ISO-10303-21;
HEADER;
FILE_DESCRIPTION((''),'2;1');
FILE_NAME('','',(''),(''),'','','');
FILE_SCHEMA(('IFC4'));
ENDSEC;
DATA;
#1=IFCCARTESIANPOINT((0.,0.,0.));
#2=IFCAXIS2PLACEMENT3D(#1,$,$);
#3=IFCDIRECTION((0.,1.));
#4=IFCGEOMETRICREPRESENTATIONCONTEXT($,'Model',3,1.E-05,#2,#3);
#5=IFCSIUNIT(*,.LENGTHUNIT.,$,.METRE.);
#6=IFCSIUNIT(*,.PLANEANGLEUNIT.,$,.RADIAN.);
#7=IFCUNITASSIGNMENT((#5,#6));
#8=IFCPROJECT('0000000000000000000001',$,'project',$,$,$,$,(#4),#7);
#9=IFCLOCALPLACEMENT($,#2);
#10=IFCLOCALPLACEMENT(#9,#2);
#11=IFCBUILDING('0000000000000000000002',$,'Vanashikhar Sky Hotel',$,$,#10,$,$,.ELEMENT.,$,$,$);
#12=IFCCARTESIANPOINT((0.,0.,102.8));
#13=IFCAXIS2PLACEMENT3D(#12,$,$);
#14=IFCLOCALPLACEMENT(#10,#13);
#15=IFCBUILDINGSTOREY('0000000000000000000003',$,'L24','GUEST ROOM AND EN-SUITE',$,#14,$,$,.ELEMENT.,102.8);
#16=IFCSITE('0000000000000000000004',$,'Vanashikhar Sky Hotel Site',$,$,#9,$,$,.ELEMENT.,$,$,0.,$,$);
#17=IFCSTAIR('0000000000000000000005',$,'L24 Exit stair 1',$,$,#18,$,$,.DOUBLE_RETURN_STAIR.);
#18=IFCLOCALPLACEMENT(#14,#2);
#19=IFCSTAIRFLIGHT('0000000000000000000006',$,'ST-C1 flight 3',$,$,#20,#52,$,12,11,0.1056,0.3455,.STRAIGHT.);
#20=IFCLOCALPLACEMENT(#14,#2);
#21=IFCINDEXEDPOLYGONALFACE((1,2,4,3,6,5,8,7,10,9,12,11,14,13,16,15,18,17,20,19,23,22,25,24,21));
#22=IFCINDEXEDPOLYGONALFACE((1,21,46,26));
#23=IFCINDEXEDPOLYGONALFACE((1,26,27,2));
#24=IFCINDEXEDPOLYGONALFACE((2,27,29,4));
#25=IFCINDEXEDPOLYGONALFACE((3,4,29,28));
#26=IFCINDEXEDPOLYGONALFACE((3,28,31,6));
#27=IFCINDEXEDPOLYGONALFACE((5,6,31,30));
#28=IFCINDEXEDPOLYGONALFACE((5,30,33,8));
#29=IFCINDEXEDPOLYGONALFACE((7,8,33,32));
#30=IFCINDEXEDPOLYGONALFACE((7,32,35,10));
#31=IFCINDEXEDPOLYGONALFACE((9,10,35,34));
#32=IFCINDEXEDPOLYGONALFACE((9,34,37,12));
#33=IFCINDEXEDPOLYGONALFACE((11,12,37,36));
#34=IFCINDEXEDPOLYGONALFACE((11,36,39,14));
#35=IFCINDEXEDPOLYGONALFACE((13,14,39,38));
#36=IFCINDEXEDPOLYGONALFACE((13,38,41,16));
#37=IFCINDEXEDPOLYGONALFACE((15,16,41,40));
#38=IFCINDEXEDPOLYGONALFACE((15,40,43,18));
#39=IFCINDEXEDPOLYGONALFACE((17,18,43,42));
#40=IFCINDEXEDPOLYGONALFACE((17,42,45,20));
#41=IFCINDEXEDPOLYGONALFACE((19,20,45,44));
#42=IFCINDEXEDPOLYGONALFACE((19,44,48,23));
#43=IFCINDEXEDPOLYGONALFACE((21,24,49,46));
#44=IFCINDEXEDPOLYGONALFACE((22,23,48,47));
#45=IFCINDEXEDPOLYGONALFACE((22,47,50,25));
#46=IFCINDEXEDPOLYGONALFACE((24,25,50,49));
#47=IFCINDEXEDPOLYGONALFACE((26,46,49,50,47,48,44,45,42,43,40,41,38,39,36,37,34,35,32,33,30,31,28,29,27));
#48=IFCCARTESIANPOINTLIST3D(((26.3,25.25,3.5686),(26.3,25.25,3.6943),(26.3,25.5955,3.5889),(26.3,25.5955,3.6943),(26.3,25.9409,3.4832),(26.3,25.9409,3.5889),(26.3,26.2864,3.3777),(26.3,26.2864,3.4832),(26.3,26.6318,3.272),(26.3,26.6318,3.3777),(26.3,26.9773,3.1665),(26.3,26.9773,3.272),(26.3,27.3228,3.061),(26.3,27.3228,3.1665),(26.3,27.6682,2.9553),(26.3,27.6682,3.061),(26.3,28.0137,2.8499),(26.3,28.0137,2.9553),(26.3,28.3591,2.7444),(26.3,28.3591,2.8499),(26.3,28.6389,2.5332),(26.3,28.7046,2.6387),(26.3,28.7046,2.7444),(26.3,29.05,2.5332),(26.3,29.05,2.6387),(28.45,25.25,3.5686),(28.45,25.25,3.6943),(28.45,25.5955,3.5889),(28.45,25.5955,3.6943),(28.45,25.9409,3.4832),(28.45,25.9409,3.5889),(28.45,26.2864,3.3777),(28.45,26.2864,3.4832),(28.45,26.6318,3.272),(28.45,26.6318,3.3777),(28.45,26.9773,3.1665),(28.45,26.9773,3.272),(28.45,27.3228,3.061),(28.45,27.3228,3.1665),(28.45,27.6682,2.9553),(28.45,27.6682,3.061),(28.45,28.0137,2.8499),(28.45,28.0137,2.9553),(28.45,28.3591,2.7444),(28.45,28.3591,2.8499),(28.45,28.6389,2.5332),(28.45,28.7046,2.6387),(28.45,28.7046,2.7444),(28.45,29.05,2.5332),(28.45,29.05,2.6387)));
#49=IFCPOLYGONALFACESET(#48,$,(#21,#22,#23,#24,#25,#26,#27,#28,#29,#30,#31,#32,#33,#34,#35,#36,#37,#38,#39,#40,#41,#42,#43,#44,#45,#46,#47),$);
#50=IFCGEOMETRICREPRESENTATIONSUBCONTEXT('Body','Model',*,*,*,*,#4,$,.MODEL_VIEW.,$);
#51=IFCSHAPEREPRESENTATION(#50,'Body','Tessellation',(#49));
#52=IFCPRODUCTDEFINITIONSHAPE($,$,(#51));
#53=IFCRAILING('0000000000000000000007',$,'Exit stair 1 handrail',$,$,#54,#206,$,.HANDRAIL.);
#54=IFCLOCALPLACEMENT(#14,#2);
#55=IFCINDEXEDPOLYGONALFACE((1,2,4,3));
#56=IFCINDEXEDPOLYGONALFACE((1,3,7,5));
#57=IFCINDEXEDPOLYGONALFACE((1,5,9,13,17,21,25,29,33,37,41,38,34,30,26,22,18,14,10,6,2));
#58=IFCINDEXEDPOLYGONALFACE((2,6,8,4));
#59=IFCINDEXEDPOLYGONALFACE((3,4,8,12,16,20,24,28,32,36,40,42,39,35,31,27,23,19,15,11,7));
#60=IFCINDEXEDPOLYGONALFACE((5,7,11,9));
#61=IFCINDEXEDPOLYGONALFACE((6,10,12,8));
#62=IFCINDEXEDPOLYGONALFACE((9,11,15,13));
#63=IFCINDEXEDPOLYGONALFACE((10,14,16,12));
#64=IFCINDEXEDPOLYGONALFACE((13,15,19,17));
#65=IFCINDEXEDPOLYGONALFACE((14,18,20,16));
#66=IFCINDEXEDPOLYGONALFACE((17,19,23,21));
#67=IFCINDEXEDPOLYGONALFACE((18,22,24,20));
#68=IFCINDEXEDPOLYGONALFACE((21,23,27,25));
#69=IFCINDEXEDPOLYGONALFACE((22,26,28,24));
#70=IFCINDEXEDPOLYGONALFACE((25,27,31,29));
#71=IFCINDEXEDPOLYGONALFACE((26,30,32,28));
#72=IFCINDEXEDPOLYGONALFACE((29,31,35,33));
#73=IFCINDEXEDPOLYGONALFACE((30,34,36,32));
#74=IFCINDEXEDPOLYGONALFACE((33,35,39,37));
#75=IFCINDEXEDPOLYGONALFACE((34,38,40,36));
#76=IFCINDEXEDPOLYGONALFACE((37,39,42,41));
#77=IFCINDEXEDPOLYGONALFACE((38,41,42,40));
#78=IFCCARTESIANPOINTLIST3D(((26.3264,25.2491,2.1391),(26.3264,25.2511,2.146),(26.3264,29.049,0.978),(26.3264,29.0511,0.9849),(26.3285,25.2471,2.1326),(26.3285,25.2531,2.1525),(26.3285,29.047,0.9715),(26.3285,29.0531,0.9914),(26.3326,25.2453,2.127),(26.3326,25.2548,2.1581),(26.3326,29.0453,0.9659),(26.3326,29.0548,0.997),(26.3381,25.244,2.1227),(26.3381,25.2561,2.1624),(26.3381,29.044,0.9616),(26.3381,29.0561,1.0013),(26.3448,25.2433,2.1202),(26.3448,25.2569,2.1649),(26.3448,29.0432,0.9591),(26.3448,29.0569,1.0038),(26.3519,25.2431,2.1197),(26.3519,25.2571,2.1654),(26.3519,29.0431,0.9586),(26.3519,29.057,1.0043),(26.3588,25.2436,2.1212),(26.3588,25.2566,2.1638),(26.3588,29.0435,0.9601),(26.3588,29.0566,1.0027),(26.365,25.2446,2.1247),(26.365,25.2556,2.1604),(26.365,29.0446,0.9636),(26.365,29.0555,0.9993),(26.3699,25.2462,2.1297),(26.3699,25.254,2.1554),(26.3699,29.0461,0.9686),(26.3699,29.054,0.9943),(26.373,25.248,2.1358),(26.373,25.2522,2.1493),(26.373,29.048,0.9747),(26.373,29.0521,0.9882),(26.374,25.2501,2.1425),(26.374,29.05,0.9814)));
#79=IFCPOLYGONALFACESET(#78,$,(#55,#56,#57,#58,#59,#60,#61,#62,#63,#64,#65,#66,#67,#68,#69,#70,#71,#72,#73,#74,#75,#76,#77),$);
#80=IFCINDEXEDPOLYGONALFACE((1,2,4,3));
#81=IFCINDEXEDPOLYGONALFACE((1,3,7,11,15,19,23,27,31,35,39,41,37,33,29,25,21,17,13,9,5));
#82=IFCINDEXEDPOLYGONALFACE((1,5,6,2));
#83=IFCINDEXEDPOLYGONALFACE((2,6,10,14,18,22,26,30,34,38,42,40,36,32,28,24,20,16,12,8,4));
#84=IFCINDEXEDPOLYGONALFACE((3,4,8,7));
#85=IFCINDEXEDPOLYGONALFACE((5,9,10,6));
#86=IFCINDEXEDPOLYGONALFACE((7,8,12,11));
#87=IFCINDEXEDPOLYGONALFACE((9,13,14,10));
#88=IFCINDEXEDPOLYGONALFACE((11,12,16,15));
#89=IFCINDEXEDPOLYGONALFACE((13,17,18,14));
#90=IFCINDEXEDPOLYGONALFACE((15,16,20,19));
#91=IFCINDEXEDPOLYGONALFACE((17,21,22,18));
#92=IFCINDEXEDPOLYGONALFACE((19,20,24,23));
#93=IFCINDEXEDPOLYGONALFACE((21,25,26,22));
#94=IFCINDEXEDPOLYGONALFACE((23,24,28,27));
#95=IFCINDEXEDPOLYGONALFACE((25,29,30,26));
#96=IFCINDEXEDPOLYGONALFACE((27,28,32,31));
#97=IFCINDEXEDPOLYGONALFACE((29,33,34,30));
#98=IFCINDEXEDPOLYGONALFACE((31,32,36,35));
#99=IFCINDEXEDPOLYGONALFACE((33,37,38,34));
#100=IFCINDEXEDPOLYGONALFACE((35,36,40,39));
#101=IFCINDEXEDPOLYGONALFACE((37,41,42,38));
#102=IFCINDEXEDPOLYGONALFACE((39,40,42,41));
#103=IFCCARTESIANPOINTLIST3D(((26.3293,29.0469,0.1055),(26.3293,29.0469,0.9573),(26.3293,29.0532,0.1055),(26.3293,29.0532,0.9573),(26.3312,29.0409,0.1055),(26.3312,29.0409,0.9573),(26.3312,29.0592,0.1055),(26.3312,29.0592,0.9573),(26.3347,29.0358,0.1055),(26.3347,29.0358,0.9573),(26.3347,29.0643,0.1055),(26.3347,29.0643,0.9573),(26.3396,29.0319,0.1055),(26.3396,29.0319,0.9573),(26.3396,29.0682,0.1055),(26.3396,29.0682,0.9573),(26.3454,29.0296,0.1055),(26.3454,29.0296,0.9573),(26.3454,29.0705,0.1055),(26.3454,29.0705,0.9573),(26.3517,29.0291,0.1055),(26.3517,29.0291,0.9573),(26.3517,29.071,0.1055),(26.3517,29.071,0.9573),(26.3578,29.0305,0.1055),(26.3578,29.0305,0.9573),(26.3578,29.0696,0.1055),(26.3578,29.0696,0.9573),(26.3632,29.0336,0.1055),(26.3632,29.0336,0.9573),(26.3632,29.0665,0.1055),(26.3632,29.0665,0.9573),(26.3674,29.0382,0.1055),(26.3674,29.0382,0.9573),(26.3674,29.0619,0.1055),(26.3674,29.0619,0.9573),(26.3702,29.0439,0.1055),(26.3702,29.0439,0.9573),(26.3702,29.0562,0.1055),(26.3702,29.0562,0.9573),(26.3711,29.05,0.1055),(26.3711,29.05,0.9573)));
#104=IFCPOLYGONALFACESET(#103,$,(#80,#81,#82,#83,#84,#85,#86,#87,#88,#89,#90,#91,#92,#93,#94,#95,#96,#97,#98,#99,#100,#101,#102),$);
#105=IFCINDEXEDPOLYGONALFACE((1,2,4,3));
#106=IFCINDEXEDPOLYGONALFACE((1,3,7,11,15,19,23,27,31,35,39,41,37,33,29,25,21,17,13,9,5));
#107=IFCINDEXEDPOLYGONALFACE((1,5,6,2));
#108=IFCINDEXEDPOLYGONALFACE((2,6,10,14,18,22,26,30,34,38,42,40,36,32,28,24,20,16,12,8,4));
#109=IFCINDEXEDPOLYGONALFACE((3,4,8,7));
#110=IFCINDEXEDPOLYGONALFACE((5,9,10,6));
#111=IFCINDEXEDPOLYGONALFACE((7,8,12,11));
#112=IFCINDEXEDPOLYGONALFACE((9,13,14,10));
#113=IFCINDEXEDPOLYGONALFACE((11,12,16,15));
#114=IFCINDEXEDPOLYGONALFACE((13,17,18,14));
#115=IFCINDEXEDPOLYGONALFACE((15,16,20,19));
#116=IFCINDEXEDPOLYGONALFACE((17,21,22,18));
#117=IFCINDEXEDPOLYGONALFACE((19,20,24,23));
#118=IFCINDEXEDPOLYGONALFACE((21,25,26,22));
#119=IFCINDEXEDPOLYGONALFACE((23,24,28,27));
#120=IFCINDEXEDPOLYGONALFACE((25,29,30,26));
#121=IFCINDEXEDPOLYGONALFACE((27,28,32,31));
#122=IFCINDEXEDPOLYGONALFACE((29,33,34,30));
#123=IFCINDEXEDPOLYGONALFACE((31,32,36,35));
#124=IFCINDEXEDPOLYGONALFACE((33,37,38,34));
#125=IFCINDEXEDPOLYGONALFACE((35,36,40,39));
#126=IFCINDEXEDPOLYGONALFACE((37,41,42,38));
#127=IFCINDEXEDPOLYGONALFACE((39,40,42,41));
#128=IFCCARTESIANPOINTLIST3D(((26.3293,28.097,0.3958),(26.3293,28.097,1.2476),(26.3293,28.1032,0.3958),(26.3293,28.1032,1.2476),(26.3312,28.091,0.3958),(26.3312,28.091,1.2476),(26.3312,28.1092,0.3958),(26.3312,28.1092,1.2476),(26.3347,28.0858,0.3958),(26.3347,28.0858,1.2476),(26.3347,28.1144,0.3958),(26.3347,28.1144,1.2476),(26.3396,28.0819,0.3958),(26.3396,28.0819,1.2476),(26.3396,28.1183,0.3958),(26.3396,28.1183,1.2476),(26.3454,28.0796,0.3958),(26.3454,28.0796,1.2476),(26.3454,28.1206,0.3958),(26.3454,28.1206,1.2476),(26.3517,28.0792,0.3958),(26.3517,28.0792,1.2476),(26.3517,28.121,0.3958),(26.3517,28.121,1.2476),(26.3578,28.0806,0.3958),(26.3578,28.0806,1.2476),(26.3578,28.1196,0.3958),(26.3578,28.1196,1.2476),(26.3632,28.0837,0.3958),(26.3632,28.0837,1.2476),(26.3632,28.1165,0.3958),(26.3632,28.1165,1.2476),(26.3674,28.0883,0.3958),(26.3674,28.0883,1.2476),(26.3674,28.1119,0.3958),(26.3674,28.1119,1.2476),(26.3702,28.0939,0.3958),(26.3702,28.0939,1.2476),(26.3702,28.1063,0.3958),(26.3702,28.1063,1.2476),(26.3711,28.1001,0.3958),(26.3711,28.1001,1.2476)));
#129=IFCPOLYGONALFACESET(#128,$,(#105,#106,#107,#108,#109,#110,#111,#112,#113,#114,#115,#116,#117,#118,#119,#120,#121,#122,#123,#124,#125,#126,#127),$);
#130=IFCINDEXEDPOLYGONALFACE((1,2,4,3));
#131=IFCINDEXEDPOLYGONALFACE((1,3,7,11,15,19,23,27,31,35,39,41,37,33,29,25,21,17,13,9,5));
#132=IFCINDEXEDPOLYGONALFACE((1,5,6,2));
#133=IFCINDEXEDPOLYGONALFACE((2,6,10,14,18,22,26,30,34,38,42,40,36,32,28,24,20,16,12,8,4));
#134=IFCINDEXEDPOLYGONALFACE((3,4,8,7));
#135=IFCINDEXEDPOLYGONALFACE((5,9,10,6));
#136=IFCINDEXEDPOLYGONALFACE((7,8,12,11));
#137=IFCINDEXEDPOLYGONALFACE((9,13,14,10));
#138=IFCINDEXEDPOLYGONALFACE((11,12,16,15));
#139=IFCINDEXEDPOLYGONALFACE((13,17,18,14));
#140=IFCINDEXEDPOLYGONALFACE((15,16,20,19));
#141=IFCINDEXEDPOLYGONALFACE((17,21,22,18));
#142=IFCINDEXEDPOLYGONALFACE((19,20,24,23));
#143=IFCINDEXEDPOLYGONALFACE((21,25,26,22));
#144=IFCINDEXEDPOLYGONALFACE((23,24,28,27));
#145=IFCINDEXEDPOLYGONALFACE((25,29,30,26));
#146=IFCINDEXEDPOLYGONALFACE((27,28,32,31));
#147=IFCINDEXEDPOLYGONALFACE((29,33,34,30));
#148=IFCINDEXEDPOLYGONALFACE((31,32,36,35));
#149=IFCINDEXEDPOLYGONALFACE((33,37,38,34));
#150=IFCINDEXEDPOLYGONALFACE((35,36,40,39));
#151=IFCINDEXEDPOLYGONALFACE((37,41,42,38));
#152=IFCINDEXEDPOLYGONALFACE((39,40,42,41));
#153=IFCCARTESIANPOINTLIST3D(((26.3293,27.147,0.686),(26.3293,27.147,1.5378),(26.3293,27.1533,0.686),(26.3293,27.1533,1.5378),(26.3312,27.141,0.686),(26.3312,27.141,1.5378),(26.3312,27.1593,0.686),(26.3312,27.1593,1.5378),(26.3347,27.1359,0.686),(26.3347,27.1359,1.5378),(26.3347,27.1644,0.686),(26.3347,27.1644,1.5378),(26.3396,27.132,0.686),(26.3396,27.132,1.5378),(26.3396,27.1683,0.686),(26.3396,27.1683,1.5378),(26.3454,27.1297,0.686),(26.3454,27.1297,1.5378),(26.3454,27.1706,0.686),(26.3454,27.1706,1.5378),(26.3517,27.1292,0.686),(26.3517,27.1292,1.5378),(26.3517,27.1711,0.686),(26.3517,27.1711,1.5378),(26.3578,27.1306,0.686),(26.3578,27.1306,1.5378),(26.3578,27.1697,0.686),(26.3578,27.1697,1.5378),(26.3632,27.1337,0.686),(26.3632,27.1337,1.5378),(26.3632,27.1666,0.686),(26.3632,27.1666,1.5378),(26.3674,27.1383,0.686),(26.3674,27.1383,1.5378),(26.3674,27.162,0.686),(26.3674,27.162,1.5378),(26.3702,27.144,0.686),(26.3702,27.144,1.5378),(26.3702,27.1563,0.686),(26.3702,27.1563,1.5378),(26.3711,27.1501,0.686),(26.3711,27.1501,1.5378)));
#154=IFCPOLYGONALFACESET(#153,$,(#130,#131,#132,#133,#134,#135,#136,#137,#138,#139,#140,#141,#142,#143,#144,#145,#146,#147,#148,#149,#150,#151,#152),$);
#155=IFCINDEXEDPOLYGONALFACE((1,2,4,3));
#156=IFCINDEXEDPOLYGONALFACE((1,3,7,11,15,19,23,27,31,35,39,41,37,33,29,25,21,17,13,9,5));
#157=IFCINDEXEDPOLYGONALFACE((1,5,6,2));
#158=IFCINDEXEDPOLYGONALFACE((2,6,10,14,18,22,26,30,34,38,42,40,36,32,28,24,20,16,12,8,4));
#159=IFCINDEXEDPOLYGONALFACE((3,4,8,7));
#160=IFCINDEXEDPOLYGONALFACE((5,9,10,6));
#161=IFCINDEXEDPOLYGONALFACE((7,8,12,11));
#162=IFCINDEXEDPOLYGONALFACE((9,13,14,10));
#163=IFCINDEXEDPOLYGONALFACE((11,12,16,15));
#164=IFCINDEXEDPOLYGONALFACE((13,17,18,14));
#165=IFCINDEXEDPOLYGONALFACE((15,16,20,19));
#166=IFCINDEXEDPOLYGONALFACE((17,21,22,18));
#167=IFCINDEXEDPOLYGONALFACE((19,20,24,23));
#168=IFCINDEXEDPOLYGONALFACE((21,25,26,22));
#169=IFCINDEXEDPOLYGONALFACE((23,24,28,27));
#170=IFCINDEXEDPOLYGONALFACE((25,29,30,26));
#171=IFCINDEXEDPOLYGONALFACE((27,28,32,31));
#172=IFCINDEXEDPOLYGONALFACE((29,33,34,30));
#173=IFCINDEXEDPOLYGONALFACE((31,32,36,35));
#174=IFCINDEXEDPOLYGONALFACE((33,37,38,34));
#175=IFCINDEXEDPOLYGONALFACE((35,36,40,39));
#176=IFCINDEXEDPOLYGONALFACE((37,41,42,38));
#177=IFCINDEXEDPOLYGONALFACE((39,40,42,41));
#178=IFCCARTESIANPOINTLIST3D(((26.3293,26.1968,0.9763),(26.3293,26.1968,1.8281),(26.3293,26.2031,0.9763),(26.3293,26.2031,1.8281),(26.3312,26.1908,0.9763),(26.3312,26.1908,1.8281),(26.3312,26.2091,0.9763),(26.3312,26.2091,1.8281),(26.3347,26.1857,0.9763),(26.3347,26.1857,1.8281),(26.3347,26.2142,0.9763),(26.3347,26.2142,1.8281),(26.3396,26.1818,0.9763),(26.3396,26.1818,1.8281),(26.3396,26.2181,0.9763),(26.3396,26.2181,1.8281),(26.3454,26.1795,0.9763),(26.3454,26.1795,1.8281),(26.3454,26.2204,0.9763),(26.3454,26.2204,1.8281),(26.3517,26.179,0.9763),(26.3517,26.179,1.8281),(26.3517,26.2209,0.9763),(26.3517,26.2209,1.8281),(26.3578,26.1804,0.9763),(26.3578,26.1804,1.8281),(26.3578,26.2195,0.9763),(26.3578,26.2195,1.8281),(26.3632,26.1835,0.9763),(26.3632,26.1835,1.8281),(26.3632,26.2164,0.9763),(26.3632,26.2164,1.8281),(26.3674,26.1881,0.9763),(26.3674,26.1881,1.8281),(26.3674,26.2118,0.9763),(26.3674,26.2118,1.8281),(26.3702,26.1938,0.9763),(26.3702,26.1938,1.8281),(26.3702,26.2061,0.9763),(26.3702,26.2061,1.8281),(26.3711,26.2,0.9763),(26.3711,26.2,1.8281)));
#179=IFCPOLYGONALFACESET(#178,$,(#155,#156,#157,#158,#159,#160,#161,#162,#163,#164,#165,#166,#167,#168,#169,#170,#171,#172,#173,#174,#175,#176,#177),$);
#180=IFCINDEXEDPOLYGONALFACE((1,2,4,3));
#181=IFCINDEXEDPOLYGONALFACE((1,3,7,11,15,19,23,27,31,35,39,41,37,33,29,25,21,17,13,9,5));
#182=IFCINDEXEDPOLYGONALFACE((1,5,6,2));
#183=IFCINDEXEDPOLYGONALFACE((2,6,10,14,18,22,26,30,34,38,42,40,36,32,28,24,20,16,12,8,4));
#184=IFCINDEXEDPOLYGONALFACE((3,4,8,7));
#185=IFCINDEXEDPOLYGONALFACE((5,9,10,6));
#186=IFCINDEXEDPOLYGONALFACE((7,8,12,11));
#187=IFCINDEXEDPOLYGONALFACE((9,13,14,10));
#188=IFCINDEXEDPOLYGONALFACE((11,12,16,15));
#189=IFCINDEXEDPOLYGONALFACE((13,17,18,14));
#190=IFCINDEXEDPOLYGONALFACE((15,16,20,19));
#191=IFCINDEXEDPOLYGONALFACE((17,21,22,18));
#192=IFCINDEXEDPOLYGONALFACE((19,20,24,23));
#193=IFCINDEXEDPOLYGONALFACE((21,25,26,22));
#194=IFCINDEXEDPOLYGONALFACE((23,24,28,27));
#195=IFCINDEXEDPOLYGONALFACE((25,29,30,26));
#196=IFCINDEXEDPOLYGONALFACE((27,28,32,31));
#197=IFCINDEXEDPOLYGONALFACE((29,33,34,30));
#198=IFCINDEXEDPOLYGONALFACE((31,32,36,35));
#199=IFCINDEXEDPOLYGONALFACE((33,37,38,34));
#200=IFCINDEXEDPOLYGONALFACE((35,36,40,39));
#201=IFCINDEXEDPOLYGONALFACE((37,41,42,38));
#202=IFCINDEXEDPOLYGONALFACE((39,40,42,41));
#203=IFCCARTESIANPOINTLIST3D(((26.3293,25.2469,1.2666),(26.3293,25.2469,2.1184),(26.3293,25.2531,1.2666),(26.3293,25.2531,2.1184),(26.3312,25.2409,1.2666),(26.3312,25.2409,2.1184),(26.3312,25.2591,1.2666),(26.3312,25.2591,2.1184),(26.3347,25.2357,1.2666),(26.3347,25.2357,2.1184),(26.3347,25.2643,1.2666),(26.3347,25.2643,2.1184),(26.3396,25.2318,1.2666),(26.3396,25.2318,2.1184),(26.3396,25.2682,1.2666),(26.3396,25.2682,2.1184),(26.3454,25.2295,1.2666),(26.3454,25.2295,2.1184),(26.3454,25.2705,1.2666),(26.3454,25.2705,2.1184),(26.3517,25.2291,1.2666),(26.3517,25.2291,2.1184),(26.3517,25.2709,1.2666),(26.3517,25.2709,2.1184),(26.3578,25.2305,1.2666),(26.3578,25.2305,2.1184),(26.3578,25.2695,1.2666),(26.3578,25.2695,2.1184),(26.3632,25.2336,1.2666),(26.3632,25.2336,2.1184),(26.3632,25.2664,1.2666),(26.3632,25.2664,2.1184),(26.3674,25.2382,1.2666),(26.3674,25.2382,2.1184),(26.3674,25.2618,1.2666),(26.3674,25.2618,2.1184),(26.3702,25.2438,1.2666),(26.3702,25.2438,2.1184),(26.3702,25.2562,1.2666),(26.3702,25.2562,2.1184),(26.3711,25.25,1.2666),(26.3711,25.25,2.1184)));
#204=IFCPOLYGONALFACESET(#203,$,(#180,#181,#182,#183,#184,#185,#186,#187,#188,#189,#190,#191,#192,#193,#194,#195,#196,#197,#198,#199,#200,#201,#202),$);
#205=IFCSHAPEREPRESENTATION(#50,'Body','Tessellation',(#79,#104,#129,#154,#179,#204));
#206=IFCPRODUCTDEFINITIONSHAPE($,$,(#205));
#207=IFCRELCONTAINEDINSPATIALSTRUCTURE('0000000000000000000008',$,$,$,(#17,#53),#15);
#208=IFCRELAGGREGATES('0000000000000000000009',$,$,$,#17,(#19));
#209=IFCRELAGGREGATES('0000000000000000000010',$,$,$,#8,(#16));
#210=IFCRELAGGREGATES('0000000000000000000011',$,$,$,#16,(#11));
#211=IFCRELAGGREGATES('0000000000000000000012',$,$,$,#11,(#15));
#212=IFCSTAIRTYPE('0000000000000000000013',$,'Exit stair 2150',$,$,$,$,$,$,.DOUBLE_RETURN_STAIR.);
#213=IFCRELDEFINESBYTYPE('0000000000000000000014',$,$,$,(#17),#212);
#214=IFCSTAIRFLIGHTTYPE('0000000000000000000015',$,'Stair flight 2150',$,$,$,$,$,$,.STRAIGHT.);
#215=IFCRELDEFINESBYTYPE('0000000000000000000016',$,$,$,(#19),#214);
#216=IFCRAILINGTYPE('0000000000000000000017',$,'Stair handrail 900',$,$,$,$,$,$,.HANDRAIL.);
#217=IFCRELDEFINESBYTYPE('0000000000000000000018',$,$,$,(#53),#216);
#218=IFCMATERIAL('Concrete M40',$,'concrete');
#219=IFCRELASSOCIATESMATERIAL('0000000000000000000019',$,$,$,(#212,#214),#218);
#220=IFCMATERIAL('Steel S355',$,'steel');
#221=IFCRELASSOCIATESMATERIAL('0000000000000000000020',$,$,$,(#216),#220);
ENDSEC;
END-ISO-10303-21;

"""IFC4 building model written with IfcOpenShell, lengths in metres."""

from ifc_helpers import new_model, si_unit, direction, frame, origin, origin_2d, place, context, subcontext, project, spatial, polyline, circle, outline, extrude, source, transform, mapped, material, type_object, element, aggregate, save


model = new_model("IFC4")

# Units and contexts
model_context = context("Model", 3, precision=1e-05, world=origin(), true_north=direction((0.0, 1.0)))
body_context = subcontext(model_context, "Body", "Model", "MODEL_VIEW")
ifc_project = project(units=[si_unit("LENGTHUNIT", "METRE"), si_unit("PLANEANGLEUNIT", "RADIAN")], contexts=[model_context])

# Site, building, storey
site_placement = place(None, origin())
site = spatial("IfcSite", under=ifc_project, at=site_placement, Name="Vanashikhar Sky Hotel Site", CompositionType="ELEMENT", RefElevation=0.0)
building_placement = place(site_placement, origin())
building = spatial("IfcBuilding", under=site, at=building_placement, Name="Vanashikhar Sky Hotel", CompositionType="ELEMENT")
storey_placement = place(building_placement, frame((0.0, 0.0, 102.8)))
storey = spatial("IfcBuildingStorey", under=building, at=storey_placement, Name="L24", Description="GUEST ROOM AND EN-SUITE", CompositionType="ELEMENT", Elevation=102.8)

# Stair, stair flight
ifc_material_1 = material(Name="Concrete M40", Category="concrete")
stair_type = type_object("IfcStairType", Name="Exit stair 2150", PredefinedType="DOUBLE_RETURN_STAIR", material=ifc_material_1)
stair_placement = place(storey_placement, origin())
stair = element("IfcStair", 1, at=stair_placement, inside=storey, type_object=stair_type, Name="L24 Exit stair 1", PredefinedType="DOUBLE_RETURN_STAIR")
stair_flight_type = type_object("IfcStairFlightType", Name="Stair flight 2150", PredefinedType="STRAIGHT", material=ifc_material_1)
shared_shape_1 = source(origin(), body_context, "Body", "SweptSolid", [
    extrude(outline(polyline([(0.0, 0.0), (0.0, 0.1055), (0.3455, 0.1055), (0.3455, 0.2112), (0.6909, 0.2112), (0.6909, 0.3167), (1.0364, 0.3167), (1.0364, 0.4221), (1.3818, 0.4221), (1.3818, 0.5278), (1.7273, 0.5278), (1.7273, 0.6333), (2.0728, 0.6333), (2.0728, 0.7388), (2.4182, 0.7388), (2.4182, 0.8445), (2.7637, 0.8445), (2.7637, 0.95), (3.1091, 0.95), (3.1091, 1.0557), (3.4546, 1.0557), (3.4546, 1.1611), (3.8, 1.1611), (3.8, 1.2666), (3.8, 1.0354), (0.4111, 0.0), (0.0, 0.0)])), frame((0.0, 1.075, 0.0), z_axis=(0.0, -1.0, 0.0), x_axis=(1.0, 0.0, 0.0)), (0.0, 0.0, 1.0), 2.1499),
])
stair_flight_1_placement = place(storey_placement, frame((27.375, 29.05, 2.5332), z_axis=(0.0, 0.0, 1.0), x_axis=(0.0, -1.0, 0.0)))
stair_flight_1 = element("IfcStairFlight", 2, at=stair_flight_1_placement, type_object=stair_flight_type, Name="ST-C1 flight 3", NumberOfRisers=12, NumberOfTreads=11, PredefinedType="STRAIGHT", RiserHeight=0.1056, TreadLength=0.3455, context=body_context, shape_type="MappedRepresentation", body=[
    mapped(shared_shape_1, transform((0.0, 0.0, 0.0), scale=1.0)),
])
aggregate(stair, [stair_flight_1])

# Railing
ifc_material_2 = material(Name="Steel S355", Category="steel")
railing_type = type_object("IfcRailingType", Name="Stair handrail 900", PredefinedType="HANDRAIL", material=ifc_material_2)
shared_shape_2 = source(origin(), body_context, "Body", "SweptSolid", [
    extrude(circle(Radius=0.0239, at=origin_2d()), frame((0.0, 0.0, 0.876), z_axis=(0.0, -0.956351, 0.29222), x_axis=(1.0, 0.0, 0.0)), (0.0, 0.0, 1.0), 3.9734),
    extrude(circle(Radius=0.021, at=origin_2d()), origin(), (0.0, 0.0, 1.0), 0.8518),
    extrude(circle(Radius=0.021, at=origin_2d()), frame((0.0, -0.95, 0.2903)), (0.0, 0.0, 1.0), 0.8518),
    extrude(circle(Radius=0.021, at=origin_2d()), frame((0.0, -1.8999, 0.5806)), (0.0, 0.0, 1.0), 0.8518),
    extrude(circle(Radius=0.021, at=origin_2d()), frame((0.0, -2.8501, 0.8708)), (0.0, 0.0, 1.0), 0.8518),
    extrude(circle(Radius=0.021, at=origin_2d()), frame((0.0, -3.8, 1.1611)), (0.0, 0.0, 1.0), 0.8518),
])
for number, where, name in (
    (3, (26.3501, 29.05, 0.1055), "Exit stair 1 handrail"),
):
    element("IfcRailing", number, at=place(storey_placement, frame(where)), inside=storey, type_object=railing_type, Name=name, PredefinedType="HANDRAIL", context=body_context, shape_type="MappedRepresentation", body=[
        mapped(shared_shape_2, transform((0.0, 0.0, 0.0), scale=1.0)),
    ])

save(model, "model.ifc")
